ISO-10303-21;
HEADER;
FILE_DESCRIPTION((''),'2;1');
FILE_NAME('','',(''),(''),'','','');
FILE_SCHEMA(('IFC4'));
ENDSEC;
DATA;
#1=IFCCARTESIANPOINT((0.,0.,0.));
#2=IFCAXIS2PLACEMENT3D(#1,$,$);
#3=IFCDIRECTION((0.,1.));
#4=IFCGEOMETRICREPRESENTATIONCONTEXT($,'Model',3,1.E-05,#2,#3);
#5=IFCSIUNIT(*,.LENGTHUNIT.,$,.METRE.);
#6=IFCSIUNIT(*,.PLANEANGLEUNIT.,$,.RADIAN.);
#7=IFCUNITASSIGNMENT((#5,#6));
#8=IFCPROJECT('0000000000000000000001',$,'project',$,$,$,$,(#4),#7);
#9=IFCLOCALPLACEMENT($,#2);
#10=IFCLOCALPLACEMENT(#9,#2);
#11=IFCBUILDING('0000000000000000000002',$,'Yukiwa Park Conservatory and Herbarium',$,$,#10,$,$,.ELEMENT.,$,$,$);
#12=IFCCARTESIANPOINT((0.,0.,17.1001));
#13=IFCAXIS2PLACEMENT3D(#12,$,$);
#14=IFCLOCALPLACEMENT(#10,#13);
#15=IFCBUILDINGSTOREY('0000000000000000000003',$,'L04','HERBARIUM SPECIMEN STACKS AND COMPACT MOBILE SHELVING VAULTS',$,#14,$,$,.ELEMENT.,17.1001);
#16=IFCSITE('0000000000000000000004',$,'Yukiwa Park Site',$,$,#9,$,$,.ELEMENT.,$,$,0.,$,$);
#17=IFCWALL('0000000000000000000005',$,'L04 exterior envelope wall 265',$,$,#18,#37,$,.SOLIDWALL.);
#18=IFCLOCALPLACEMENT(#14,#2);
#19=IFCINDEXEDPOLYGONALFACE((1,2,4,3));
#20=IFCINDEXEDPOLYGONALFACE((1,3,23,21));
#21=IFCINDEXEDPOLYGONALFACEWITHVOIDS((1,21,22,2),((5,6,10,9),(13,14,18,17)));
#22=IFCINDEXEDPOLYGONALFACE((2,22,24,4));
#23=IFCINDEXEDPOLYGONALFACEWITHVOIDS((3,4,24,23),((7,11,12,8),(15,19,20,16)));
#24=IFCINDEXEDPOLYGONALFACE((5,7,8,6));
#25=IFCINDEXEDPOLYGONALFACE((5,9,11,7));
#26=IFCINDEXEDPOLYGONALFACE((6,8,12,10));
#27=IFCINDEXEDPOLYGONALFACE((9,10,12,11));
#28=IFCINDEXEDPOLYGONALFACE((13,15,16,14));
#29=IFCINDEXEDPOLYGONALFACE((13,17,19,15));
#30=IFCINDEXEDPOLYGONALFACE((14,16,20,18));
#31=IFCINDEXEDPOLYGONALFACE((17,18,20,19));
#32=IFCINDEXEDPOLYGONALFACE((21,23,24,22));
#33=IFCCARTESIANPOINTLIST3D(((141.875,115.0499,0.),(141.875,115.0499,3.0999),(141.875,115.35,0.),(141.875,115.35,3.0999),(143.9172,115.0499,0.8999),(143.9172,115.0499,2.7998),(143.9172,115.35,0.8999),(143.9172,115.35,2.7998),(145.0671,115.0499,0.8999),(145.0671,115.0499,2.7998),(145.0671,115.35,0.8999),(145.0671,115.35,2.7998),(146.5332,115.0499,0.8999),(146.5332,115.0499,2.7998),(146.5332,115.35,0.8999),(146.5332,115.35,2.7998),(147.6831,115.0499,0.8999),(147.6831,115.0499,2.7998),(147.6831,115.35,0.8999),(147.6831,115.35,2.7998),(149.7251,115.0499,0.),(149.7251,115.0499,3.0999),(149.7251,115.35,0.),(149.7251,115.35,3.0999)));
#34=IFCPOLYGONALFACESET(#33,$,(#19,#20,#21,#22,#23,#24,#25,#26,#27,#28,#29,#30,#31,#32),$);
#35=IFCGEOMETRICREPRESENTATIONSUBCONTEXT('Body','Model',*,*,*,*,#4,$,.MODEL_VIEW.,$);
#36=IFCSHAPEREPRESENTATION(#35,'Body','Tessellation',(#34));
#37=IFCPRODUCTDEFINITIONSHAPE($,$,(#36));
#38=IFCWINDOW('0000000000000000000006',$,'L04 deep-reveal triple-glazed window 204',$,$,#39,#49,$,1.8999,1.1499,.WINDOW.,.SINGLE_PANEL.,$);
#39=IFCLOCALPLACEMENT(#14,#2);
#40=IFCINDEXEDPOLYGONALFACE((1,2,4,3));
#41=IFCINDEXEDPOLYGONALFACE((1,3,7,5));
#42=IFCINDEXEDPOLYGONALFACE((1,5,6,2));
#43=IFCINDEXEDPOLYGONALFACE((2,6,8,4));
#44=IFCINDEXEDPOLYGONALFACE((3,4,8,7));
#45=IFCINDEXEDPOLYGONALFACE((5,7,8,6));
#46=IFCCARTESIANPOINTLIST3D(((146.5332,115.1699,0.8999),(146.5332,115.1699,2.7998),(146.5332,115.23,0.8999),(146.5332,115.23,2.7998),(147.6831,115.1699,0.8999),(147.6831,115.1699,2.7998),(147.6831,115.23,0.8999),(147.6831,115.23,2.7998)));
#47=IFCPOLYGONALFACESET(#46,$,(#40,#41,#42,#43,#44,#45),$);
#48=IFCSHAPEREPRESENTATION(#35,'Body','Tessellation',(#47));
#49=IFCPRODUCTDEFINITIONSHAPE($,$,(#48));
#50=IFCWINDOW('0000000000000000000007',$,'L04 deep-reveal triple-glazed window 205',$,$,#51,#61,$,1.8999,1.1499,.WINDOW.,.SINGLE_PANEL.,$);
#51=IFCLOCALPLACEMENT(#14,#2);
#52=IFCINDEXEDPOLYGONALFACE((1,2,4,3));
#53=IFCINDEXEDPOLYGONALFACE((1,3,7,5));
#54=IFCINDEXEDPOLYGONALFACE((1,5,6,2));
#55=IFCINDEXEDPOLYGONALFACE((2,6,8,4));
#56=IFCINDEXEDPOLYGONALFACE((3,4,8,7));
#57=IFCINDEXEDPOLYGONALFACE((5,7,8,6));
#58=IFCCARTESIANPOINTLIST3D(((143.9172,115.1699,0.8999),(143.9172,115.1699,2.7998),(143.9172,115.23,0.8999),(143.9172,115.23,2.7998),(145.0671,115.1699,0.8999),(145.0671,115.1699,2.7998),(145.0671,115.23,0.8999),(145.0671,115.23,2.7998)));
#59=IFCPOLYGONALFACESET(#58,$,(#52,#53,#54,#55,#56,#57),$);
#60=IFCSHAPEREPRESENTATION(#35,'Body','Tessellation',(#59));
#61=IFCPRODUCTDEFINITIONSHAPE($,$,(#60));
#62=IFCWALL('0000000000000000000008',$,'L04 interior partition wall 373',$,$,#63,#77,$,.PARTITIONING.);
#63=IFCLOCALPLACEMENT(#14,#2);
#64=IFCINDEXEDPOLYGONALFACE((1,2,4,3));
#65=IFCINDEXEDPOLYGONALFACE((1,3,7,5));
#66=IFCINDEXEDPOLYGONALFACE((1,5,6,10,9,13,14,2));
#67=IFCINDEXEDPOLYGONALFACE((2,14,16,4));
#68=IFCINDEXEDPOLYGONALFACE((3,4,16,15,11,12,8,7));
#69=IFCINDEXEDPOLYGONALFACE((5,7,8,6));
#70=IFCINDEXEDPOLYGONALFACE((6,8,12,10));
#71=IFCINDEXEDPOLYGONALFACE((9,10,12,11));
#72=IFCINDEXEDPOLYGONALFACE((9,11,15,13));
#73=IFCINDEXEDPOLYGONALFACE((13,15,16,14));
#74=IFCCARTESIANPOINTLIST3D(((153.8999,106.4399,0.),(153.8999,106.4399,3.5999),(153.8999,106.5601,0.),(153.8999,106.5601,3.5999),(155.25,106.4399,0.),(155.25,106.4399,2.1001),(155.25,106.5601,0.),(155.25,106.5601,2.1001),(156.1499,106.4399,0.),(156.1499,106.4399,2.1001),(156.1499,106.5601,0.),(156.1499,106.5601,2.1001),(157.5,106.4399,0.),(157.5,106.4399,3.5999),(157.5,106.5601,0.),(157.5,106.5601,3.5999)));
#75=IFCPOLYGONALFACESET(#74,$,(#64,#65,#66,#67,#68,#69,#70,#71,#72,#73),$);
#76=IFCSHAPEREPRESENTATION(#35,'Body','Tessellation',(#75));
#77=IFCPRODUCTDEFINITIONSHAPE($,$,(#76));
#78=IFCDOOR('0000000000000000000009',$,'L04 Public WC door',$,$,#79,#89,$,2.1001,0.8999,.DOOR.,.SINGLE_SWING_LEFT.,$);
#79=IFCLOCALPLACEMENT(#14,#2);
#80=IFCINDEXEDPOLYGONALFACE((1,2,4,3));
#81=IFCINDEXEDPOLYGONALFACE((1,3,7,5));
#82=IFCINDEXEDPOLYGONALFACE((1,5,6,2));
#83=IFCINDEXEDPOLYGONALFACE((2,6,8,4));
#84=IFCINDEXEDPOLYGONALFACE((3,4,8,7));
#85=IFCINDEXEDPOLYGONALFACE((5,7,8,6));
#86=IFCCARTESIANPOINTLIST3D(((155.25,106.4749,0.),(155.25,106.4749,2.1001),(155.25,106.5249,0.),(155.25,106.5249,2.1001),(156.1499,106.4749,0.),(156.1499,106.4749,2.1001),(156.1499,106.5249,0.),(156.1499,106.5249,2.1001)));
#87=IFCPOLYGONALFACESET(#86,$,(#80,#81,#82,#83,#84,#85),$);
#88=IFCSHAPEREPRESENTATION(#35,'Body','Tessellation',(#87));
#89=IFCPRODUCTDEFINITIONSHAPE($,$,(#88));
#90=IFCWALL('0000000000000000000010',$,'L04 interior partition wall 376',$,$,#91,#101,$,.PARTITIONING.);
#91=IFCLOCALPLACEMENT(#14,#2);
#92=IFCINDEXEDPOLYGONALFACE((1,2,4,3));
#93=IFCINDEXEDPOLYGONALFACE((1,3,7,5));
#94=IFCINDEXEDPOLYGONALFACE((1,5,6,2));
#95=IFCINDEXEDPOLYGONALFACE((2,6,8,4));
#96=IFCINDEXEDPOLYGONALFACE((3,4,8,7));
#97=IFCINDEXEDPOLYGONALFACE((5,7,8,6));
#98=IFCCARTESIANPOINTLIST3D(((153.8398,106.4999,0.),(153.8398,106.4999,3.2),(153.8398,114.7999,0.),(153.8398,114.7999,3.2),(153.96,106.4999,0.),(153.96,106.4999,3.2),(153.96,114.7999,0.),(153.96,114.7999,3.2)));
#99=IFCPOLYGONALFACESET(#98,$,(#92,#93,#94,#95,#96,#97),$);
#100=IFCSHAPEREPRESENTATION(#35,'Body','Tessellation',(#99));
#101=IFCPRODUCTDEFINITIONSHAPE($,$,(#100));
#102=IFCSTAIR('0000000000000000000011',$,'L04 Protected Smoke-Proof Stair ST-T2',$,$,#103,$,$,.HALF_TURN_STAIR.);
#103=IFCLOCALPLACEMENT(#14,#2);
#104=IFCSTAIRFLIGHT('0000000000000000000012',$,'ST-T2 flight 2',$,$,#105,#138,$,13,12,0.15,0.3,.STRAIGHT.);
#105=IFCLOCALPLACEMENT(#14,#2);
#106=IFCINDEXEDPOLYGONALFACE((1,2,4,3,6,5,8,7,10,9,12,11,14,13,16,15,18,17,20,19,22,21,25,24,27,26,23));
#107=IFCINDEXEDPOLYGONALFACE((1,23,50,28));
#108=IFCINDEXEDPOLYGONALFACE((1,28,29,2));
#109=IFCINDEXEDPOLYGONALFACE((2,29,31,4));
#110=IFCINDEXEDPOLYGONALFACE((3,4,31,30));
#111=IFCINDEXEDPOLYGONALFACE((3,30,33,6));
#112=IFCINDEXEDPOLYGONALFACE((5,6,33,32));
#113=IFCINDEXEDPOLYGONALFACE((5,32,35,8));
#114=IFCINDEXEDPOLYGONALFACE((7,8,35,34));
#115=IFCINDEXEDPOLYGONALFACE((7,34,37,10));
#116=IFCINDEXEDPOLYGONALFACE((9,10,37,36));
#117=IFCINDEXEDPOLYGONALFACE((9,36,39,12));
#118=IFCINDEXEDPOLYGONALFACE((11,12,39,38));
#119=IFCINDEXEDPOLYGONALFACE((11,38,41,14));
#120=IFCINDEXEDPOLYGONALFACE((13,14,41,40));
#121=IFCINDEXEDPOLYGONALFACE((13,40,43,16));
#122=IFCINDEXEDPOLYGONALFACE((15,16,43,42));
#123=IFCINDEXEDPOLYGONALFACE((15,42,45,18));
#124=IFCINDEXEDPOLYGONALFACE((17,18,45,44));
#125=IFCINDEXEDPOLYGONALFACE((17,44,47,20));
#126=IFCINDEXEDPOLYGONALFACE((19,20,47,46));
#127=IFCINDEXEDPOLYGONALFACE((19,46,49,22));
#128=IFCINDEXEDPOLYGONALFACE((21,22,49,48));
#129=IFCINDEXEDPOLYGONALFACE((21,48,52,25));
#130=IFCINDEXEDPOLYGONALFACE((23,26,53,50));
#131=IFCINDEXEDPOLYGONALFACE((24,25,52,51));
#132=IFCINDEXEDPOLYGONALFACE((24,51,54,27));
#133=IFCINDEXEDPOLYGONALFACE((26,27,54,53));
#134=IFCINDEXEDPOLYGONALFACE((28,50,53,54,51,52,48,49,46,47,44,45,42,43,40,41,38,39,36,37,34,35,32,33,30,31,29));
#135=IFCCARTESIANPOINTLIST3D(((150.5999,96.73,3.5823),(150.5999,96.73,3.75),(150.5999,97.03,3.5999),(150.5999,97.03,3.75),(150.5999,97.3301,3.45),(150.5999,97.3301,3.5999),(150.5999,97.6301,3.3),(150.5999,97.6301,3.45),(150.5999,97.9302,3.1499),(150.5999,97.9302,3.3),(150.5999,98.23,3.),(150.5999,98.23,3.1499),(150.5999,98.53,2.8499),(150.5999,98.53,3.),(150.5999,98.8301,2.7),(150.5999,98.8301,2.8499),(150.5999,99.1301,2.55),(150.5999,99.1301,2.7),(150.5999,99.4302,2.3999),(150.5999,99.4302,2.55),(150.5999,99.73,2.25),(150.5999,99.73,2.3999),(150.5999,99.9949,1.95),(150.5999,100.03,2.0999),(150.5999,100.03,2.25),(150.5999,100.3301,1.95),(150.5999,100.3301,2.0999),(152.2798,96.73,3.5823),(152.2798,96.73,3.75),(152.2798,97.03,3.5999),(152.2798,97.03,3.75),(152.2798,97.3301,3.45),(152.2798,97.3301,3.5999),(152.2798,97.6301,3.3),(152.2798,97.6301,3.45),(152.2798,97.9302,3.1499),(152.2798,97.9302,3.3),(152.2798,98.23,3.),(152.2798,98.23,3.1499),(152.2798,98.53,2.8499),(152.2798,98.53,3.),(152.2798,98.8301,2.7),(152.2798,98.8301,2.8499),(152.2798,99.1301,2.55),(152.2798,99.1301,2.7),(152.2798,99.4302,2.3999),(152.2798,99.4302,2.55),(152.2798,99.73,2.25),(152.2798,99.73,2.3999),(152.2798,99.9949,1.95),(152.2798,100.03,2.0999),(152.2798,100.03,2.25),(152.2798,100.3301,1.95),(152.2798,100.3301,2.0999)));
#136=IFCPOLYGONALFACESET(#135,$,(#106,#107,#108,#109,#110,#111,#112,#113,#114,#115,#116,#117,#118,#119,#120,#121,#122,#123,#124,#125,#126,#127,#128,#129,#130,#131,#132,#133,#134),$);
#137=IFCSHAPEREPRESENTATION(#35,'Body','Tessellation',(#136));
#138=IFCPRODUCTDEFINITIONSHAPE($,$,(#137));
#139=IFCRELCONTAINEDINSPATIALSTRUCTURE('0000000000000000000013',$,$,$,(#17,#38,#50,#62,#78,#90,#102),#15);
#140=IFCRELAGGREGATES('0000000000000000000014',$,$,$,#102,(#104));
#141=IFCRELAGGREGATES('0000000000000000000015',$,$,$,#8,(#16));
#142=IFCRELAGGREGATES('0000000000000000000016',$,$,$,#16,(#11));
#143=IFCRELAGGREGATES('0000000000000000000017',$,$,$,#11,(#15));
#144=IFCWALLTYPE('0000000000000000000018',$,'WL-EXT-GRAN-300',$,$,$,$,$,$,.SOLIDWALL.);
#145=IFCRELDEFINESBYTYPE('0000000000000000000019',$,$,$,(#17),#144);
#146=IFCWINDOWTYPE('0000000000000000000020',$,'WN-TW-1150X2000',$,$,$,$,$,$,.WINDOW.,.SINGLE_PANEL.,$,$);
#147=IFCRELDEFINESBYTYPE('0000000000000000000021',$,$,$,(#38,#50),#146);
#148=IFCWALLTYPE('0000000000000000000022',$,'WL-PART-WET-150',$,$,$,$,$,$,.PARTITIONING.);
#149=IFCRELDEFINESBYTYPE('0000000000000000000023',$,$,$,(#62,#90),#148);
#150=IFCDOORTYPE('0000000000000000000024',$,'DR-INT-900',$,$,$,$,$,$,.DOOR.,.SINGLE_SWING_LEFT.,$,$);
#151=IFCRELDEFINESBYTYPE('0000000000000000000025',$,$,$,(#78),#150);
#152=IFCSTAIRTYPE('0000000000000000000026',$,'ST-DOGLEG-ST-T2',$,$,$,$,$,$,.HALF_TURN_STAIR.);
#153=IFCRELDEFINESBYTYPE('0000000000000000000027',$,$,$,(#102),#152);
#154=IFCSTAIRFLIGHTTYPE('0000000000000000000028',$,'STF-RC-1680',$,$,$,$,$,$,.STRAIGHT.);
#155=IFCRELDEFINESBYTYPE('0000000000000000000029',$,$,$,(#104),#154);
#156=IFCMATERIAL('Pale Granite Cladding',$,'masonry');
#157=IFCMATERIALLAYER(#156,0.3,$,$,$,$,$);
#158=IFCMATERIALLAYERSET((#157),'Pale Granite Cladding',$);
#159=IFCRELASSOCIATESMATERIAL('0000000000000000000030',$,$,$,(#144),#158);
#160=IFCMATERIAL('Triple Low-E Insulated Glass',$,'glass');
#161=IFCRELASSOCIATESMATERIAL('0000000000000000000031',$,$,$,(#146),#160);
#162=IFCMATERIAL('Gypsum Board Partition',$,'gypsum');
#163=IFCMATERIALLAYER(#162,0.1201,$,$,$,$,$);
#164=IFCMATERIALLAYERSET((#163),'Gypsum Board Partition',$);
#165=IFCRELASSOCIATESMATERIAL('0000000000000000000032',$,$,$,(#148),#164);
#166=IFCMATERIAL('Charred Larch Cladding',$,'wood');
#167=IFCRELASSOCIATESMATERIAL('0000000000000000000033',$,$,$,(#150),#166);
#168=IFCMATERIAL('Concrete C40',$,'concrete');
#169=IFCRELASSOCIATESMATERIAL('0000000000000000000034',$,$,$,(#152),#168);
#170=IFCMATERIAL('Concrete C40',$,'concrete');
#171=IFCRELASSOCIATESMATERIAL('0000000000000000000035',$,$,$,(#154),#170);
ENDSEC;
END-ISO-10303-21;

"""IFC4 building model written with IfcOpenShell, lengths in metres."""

from ifc_helpers import new_model, si_unit, direction, frame, frame_2d, origin, place, context, subcontext, project, spatial, polyline, rectangle, outline, extrude, material, layer, layer_set, type_object, element, fill, aggregate, save


model = new_model("IFC4")

# Units and contexts
model_context = context("Model", 3, precision=1e-05, world=origin(), true_north=direction((0.0, 1.0)))
body_context = subcontext(model_context, "Body", "Model", "MODEL_VIEW")
ifc_project = project(units=[si_unit("LENGTHUNIT", "METRE"), si_unit("PLANEANGLEUNIT", "RADIAN")], contexts=[model_context])

# Site, building, storey
site_placement = place(None, origin())
site = spatial("IfcSite", under=ifc_project, at=site_placement, Name="Yukiwa Park Site", CompositionType="ELEMENT", RefElevation=0.0)
building_placement = place(site_placement, origin())
building = spatial("IfcBuilding", under=site, at=building_placement, Name="Yukiwa Park Conservatory and Herbarium", CompositionType="ELEMENT")
storey_placement = place(building_placement, frame((0.0, 0.0, 17.1001)))
storey = spatial("IfcBuildingStorey", under=building, at=storey_placement, Name="L04", Description="HERBARIUM SPECIMEN STACKS AND COMPACT MOBILE SHELVING VAULTS", CompositionType="ELEMENT", Elevation=17.1001)

# Wall, openings, windows
ifc_material_1 = material(Name="Pale Granite Cladding", Category="masonry")
ifc_layer_1 = layer(ifc_material_1, 0.3)
ifc_layer_set_1 = layer_set([ifc_layer_1], Name="Pale Granite Cladding")
wall_type_1 = type_object("IfcWallType", Name="WL-EXT-GRAN-300", PredefinedType="SOLIDWALL", material=ifc_layer_set_1)
wall_1_placement = place(storey_placement, frame((149.7251, 115.2, 0.0), z_axis=(0.0, 0.0, 1.0), x_axis=(-1.0, 0.0, 0.0)))
wall_1 = element("IfcWall", 1, at=wall_1_placement, inside=storey, type_object=wall_type_1, Name="L04 exterior envelope wall 265", PredefinedType="SOLIDWALL", context=body_context, shape_type="SweptSolid", body=[
    extrude(rectangle(XDim=7.8501, YDim=0.3, at=frame_2d((3.925, 0.0))), origin(), (0.0, 0.0, 1.0), 3.0999),
])
opening_1_placement = place(wall_1_placement, frame((2.042, 0.0, 0.8999)))
opening_1 = element("IfcOpeningElement", 2, at=opening_1_placement, cuts=wall_1, PredefinedType="OPENING", context=body_context, shape_type="SweptSolid", body=[
    extrude(rectangle(XDim=1.1499, YDim=1.8999, at=frame_2d((0.575, 0.95))), frame((0.0, 0.1602, 0.0), z_axis=(0.0, -1.0, 0.0), x_axis=(1.0, 0.0, 0.0)), (0.0, 0.0, 1.0), 0.3201),
])
opening_2_placement = place(wall_1_placement, frame((4.658, 0.0, 0.8999)))
opening_2 = element("IfcOpeningElement", 3, at=opening_2_placement, cuts=wall_1, PredefinedType="OPENING", context=body_context, shape_type="SweptSolid", body=[
    extrude(rectangle(XDim=1.1499, YDim=1.8999, at=frame_2d((0.575, 0.95))), frame((0.0, 0.1602, 0.0), z_axis=(0.0, -1.0, 0.0), x_axis=(1.0, 0.0, 0.0)), (0.0, 0.0, 1.0), 0.3201),
])
ifc_material_2 = material(Name="Triple Low-E Insulated Glass", Category="glass")
window_type = type_object("IfcWindowType", Name="WN-TW-1150X2000", PartitioningType="SINGLE_PANEL", PredefinedType="WINDOW", material=ifc_material_2)
window_1_placement = place(opening_1_placement, origin())
window_1 = element("IfcWindow", 4, at=window_1_placement, inside=storey, type_object=window_type, Name="L04 deep-reveal triple-glazed window 204", OverallHeight=1.8999, OverallWidth=1.1499, PartitioningType="SINGLE_PANEL", PredefinedType="WINDOW", context=body_context, shape_type="SweptSolid", body=[
    extrude(rectangle(XDim=1.1499, YDim=1.8999, at=frame_2d((0.575, 0.95))), frame((0.0, 0.03, 0.0), z_axis=(0.0, -1.0, 0.0), x_axis=(1.0, 0.0, 0.0)), (0.0, 0.0, 1.0), 0.0601),
])
fill(opening_1, window_1)
window_2_placement = place(opening_2_placement, origin())
window_2 = element("IfcWindow", 5, at=window_2_placement, inside=storey, type_object=window_type, Name="L04 deep-reveal triple-glazed window 205", OverallHeight=1.8999, OverallWidth=1.1499, PartitioningType="SINGLE_PANEL", PredefinedType="WINDOW", context=body_context, shape_type="SweptSolid", body=[
    extrude(rectangle(XDim=1.1499, YDim=1.8999, at=frame_2d((0.575, 0.95))), frame((0.0, 0.03, 0.0), z_axis=(0.0, -1.0, 0.0), x_axis=(1.0, 0.0, 0.0)), (0.0, 0.0, 1.0), 0.0601),
])
fill(opening_2, window_2)

# Wall, opening, door
ifc_material_3 = material(Name="Gypsum Board Partition", Category="gypsum")
ifc_layer_2 = layer(ifc_material_3, 0.1201)
ifc_layer_set_2 = layer_set([ifc_layer_2], Name="Gypsum Board Partition")
wall_type_2 = type_object("IfcWallType", Name="WL-PART-WET-150", PredefinedType="PARTITIONING", material=ifc_layer_set_2)
wall_2_placement = place(storey_placement, frame((153.8999, 106.5, 0.0), z_axis=(0.0, 0.0, 1.0), x_axis=(1.0, 0.0, 0.0)))
wall_2 = element("IfcWall", 6, at=wall_2_placement, inside=storey, type_object=wall_type_2, Name="L04 interior partition wall 373", PredefinedType="PARTITIONING", context=body_context, shape_type="SweptSolid", body=[
    extrude(rectangle(XDim=3.6001, YDim=0.1201, at=frame_2d((1.8, 0.0))), origin(), (0.0, 0.0, 1.0), 3.5999),
])
opening_3_placement = place(wall_2_placement, frame((1.3501, 0.0, 0.0)))
opening_3 = element("IfcOpeningElement", 7, at=opening_3_placement, cuts=wall_2, PredefinedType="OPENING", context=body_context, shape_type="SweptSolid", body=[
    extrude(rectangle(XDim=0.8999, YDim=2.1001, at=frame_2d((0.45, 1.05))), frame((0.0, 0.0701, 0.0), z_axis=(0.0, -1.0, 0.0), x_axis=(1.0, 0.0, 0.0)), (0.0, 0.0, 1.0), 0.1401),
])
ifc_material_4 = material(Name="Charred Larch Cladding", Category="wood")
door_type = type_object("IfcDoorType", Name="DR-INT-900", OperationType="SINGLE_SWING_LEFT", PredefinedType="DOOR", material=ifc_material_4)
door_placement = place(opening_3_placement, origin())
door = element("IfcDoor", 8, at=door_placement, inside=storey, type_object=door_type, Name="L04 Public WC door", OperationType="SINGLE_SWING_LEFT", OverallHeight=2.1001, OverallWidth=0.8999, PredefinedType="DOOR", context=body_context, shape_type="SweptSolid", body=[
    extrude(rectangle(XDim=0.8999, YDim=2.1001, at=frame_2d((0.45, 1.05))), frame((0.0, 0.0249, 0.0), z_axis=(0.0, -1.0, 0.0), x_axis=(1.0, 0.0, 0.0)), (0.0, 0.0, 1.0), 0.05),
])
fill(opening_3, door)

# Wall
wall_3_placement = place(storey_placement, frame((153.8999, 106.5, 0.0), z_axis=(0.0, 0.0, 1.0), x_axis=(0.0, 1.0, 0.0)))
element("IfcWall", 9, at=wall_3_placement, inside=storey, type_object=wall_type_2, Name="L04 interior partition wall 376", PredefinedType="PARTITIONING", context=body_context, shape_type="SweptSolid", body=[
    extrude(rectangle(XDim=8.3, YDim=0.1201, at=frame_2d((4.1499, 0.0))), origin(), (0.0, 0.0, 1.0), 3.2),
])

# Stair, stair flight
ifc_material_5 = material(Name="Concrete C40", Category="concrete")
stair_type = type_object("IfcStairType", Name="ST-DOGLEG-ST-T2", PredefinedType="HALF_TURN_STAIR", material=ifc_material_5)
stair_placement = place(storey_placement, origin())
stair = element("IfcStair", 10, at=stair_placement, inside=storey, type_object=stair_type, Name="L04 Protected Smoke-Proof Stair ST-T2", PredefinedType="HALF_TURN_STAIR")
ifc_material_6 = material(Name="Concrete C40", Category="concrete")
stair_flight_type = type_object("IfcStairFlightType", Name="STF-RC-1680", PredefinedType="STRAIGHT", material=ifc_material_6)
stair_flight_placement = place(storey_placement, frame((151.4399, 100.3301, 1.95), z_axis=(0.0, 0.0, 1.0), x_axis=(0.0, -1.0, 0.0)))
stair_flight = element("IfcStairFlight", 11, at=stair_flight_placement, type_object=stair_flight_type, Name="ST-T2 flight 2", NumberOfRisers=13, NumberOfTreads=12, PredefinedType="STRAIGHT", RiserHeight=0.15, TreadLength=0.3, context=body_context, shape_type="SweptSolid", body=[
    extrude(outline(polyline([(0.0, 0.0), (0.0, 0.1499), (0.3, 0.1499), (0.3, 0.3), (0.6001, 0.3), (0.6001, 0.45), (0.8999, 0.45), (0.8999, 0.6001), (1.2, 0.6001), (1.2, 0.75), (1.5, 0.75), (1.5, 0.8999), (1.8, 0.8999), (1.8, 1.05), (2.1001, 1.05), (2.1001, 1.2), (2.3999, 1.2), (2.3999, 1.3501), (2.7, 1.3501), (2.7, 1.5), (3.0, 1.5), (3.0, 1.6499), (3.3, 1.6499), (3.3, 1.8), (3.6001, 1.8), (3.6001, 1.95), (3.6001, 1.6323), (0.3352, 0.0), (0.0, 0.0)])), frame((0.0, 0.8398, 0.0), z_axis=(0.0, -1.0, 0.0), x_axis=(1.0, 0.0, 0.0)), (0.0, 0.0, 1.0), 1.6799),
])
aggregate(stair, [stair_flight])

save(model, "model.ifc")
